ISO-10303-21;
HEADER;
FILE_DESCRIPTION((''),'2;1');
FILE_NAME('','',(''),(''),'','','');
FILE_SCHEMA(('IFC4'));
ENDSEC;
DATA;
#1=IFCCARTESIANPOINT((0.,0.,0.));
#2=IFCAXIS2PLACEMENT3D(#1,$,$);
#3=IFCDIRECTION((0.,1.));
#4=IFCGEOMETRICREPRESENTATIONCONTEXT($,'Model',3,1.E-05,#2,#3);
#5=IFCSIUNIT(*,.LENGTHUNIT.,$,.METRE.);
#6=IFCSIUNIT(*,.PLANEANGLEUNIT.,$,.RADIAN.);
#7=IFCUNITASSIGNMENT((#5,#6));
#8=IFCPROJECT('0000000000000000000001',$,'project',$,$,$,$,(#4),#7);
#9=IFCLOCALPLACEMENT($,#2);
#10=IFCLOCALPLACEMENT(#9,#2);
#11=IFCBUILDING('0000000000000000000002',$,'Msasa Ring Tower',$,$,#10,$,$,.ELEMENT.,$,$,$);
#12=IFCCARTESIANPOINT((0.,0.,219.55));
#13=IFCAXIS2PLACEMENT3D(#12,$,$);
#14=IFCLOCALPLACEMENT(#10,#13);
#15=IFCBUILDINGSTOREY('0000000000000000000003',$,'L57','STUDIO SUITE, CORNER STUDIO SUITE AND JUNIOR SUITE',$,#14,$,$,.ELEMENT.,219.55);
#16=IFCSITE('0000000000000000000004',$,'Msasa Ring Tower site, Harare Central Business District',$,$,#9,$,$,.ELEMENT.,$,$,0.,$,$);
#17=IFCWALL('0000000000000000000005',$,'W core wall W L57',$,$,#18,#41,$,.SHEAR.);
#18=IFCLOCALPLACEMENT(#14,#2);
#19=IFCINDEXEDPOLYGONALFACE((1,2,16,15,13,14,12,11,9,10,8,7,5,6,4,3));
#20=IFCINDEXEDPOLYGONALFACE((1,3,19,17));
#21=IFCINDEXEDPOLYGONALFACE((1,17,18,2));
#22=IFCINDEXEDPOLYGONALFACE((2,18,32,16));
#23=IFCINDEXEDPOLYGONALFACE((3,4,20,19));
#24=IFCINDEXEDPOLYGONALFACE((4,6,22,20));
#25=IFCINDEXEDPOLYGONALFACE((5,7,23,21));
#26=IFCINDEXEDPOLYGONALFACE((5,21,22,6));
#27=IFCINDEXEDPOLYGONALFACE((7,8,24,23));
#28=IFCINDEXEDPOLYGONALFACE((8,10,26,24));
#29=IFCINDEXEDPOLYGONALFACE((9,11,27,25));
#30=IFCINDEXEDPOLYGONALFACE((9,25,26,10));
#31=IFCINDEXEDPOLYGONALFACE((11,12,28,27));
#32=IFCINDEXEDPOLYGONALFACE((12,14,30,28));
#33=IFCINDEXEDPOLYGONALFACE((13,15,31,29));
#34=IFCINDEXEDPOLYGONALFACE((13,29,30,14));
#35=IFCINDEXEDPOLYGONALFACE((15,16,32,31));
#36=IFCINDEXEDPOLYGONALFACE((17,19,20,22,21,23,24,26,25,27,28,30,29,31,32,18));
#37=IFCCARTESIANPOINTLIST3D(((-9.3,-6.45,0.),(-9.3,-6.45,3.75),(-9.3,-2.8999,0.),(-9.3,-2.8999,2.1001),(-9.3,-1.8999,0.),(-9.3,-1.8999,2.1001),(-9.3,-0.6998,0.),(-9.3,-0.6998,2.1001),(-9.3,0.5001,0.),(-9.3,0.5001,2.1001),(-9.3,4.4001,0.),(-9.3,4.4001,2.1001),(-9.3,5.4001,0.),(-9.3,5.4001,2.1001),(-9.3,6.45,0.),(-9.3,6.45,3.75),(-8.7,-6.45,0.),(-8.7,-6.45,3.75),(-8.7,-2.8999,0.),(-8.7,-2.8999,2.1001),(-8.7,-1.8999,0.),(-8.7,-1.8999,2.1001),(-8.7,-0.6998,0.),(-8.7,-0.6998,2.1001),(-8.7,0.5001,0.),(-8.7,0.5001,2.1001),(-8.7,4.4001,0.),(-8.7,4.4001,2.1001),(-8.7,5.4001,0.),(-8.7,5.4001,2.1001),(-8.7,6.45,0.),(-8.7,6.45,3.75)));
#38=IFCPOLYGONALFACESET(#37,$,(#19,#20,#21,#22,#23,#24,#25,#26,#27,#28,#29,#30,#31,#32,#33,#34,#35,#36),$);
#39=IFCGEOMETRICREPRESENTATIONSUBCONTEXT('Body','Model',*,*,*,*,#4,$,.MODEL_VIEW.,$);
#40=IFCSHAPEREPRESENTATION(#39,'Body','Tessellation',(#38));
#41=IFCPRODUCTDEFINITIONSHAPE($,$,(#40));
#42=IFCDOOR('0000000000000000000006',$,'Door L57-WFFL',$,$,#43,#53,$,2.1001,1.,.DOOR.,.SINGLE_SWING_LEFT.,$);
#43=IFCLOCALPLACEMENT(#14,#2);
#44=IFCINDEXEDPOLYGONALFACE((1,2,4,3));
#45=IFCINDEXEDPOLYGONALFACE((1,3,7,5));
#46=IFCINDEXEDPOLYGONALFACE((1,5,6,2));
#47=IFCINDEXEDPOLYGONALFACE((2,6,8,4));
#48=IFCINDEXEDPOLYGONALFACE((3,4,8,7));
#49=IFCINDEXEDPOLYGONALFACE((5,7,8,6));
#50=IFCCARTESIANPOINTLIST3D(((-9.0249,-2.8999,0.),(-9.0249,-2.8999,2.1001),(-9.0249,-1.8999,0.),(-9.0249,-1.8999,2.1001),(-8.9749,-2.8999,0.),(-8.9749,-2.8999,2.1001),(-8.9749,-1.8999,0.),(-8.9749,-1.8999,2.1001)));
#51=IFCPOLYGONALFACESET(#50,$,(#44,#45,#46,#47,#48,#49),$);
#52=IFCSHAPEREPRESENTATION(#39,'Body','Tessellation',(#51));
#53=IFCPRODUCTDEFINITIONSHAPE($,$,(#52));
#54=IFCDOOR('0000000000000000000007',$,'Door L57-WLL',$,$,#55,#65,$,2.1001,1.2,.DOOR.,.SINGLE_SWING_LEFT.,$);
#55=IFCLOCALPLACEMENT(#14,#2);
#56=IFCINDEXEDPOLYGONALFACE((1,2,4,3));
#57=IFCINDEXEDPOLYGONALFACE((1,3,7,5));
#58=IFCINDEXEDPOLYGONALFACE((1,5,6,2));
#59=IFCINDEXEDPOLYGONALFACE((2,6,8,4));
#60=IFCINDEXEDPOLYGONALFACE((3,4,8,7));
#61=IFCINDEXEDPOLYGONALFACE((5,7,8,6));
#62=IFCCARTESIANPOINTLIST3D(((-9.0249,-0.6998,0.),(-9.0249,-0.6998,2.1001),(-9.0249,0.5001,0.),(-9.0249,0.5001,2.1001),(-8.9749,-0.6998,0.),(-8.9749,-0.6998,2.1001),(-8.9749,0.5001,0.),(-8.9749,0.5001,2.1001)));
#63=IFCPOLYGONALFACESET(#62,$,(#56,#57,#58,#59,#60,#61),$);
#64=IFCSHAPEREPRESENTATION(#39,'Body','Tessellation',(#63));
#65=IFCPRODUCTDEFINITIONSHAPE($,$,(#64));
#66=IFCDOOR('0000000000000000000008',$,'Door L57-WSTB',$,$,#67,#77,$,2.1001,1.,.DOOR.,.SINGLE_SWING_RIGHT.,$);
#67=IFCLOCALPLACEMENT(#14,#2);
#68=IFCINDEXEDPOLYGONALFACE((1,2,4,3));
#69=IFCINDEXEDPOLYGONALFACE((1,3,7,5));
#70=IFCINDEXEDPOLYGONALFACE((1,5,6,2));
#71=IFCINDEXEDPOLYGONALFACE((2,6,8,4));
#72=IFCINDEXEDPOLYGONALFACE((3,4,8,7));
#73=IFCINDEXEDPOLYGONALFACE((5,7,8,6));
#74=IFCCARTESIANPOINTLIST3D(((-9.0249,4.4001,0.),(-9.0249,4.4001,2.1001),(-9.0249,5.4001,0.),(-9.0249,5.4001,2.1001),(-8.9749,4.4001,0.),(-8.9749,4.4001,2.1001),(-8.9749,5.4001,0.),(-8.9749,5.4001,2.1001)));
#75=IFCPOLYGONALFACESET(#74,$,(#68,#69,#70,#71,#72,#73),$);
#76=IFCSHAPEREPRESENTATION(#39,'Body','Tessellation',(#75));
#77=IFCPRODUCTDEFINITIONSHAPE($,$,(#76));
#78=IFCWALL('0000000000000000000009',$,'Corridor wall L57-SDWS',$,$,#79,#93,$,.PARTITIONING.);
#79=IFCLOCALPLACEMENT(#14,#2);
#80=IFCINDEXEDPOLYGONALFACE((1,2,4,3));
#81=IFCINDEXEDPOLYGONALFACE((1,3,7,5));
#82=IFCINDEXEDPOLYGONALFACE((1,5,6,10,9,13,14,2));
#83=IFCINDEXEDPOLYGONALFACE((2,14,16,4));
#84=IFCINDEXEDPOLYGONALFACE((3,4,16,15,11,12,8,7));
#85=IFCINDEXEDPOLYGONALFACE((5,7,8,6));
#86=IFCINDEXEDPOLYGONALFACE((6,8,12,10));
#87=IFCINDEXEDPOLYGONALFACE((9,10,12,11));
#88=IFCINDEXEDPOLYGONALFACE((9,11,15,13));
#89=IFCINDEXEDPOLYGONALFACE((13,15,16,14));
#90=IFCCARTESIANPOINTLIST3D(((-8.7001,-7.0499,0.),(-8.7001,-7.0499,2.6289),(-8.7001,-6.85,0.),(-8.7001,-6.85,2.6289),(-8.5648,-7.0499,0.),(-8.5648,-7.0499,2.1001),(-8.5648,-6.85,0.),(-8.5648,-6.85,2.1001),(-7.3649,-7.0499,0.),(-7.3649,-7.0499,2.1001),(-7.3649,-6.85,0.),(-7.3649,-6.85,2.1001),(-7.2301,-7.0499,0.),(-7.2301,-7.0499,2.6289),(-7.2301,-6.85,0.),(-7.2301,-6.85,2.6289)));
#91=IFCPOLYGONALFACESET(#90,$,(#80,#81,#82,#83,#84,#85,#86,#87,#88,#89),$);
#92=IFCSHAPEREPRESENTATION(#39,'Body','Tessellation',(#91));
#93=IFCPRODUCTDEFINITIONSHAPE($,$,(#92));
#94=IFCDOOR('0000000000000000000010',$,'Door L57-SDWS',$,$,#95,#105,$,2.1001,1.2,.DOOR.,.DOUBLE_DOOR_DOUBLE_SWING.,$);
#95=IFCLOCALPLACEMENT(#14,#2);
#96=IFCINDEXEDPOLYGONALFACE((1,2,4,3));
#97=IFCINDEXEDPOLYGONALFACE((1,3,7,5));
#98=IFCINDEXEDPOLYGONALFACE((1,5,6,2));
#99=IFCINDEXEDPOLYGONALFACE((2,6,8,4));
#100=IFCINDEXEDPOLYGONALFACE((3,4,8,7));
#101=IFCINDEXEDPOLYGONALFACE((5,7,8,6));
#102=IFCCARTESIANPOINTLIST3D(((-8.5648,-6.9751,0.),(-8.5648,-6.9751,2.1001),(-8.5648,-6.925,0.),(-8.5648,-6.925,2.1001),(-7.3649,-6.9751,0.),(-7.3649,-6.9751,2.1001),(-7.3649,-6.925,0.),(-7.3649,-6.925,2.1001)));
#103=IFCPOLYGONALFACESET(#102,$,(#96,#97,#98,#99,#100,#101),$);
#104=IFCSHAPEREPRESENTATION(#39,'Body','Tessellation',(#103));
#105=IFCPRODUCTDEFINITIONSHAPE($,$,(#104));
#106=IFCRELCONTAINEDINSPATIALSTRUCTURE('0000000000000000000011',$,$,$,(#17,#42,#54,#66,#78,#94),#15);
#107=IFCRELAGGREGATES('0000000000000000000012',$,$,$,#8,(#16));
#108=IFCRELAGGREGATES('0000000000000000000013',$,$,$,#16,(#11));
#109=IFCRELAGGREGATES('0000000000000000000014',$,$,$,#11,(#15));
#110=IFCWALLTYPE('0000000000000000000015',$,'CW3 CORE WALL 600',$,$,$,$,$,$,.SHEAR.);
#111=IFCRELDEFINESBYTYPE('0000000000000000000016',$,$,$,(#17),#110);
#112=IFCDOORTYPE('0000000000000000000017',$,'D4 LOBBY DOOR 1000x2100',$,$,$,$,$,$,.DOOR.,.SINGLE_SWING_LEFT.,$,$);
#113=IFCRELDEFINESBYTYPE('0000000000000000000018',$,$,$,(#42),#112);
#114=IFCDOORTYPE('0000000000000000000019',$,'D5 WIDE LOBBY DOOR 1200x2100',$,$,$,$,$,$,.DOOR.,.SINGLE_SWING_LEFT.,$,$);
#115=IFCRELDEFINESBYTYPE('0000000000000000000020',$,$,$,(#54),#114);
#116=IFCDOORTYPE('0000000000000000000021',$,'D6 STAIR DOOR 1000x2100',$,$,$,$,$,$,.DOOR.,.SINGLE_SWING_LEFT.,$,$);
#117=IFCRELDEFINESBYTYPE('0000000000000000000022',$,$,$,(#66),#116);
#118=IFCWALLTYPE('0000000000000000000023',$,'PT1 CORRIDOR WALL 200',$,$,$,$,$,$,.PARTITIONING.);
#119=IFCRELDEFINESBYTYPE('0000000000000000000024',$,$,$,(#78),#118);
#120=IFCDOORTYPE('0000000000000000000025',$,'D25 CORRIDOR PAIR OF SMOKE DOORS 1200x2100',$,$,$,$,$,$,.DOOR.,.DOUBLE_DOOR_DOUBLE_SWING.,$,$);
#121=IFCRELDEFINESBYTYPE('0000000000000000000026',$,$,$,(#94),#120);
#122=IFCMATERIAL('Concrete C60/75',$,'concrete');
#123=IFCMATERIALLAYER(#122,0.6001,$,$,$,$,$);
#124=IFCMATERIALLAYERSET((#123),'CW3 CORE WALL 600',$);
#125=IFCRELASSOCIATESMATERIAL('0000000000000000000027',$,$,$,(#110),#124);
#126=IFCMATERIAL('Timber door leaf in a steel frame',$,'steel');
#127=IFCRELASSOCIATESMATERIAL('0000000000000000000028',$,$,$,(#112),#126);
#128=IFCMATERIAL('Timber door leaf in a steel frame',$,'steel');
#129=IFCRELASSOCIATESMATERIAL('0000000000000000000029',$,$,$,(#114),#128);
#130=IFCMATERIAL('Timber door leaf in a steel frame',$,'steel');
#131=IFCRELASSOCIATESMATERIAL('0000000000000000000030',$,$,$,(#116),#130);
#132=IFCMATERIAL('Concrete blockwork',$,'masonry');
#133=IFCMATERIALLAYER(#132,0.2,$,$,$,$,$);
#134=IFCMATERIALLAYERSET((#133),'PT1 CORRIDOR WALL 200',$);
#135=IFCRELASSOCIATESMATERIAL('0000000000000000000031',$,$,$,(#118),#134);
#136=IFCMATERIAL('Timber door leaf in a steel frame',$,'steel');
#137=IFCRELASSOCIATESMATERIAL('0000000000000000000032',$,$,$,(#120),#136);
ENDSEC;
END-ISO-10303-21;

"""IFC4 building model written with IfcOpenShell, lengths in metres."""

from ifc_helpers import new_model, si_unit, direction, frame, frame_2d, origin, place, context, subcontext, project, spatial, rectangle, extrude, material, layer, layer_set, type_object, element, fill, save


model = new_model("IFC4")

# Units and contexts
model_context = context("Model", 3, precision=1e-05, world=origin(), true_north=direction((0.0, 1.0)))
body_context = subcontext(model_context, "Body", "Model", "MODEL_VIEW")
ifc_project = project(units=[si_unit("LENGTHUNIT", "METRE"), si_unit("PLANEANGLEUNIT", "RADIAN")], contexts=[model_context])

# Site, building, storey
site_placement = place(None, origin())
site = spatial("IfcSite", under=ifc_project, at=site_placement, Name="Msasa Ring Tower site, Harare Central Business District", CompositionType="ELEMENT", RefElevation=0.0)
building_placement = place(site_placement, origin())
building = spatial("IfcBuilding", under=site, at=building_placement, Name="Msasa Ring Tower", CompositionType="ELEMENT")
storey_placement = place(building_placement, frame((0.0, 0.0, 219.55)))
storey = spatial("IfcBuildingStorey", under=building, at=storey_placement, Name="L57", Description="STUDIO SUITE, CORNER STUDIO SUITE AND JUNIOR SUITE", CompositionType="ELEMENT", Elevation=219.55)

# Shared definitions
ifc_material_1 = material(Name="Concrete C60/75", Category="concrete")
ifc_layer_1 = layer(ifc_material_1, 0.6001)
ifc_layer_set_1 = layer_set([ifc_layer_1], Name="CW3 CORE WALL 600")
wall_type_1 = type_object("IfcWallType", Name="CW3 CORE WALL 600", PredefinedType="SHEAR", material=ifc_layer_set_1)

# Wall, openings, doors
wall_1_placement = place(storey_placement, frame((-9.0, -6.45, 0.0), z_axis=(0.0, 0.0, 1.0), x_axis=(0.0, 1.0, 0.0)))
wall_1 = element("IfcWall", 1, at=wall_1_placement, inside=storey, type_object=wall_type_1, Name="W core wall W L57", PredefinedType="SHEAR", context=body_context, shape_type="SweptSolid", body=[
    extrude(rectangle(XDim=12.8999, YDim=0.6001, at=frame_2d((6.45, 0.0))), origin(), (0.0, 0.0, 1.0), 3.75),
])
opening_1_placement = place(wall_1_placement, frame((3.55, 0.0, 0.0)))
opening_1 = element("IfcOpeningElement", 2, at=opening_1_placement, cuts=wall_1, PredefinedType="OPENING", context=body_context, shape_type="SweptSolid", body=[
    extrude(rectangle(XDim=1.0, YDim=2.1001, at=frame_2d((0.5, 1.05))), frame((0.0, 0.3101, 0.0), z_axis=(0.0, -1.0, 0.0), x_axis=(1.0, 0.0, 0.0)), (0.0, 0.0, 1.0), 0.6201),
])
opening_2_placement = place(wall_1_placement, frame((5.75, 0.0, 0.0)))
opening_2 = element("IfcOpeningElement", 3, at=opening_2_placement, cuts=wall_1, PredefinedType="OPENING", context=body_context, shape_type="SweptSolid", body=[
    extrude(rectangle(XDim=1.2, YDim=2.1001, at=frame_2d((0.6001, 1.05))), frame((0.0, 0.3101, 0.0), z_axis=(0.0, -1.0, 0.0), x_axis=(1.0, 0.0, 0.0)), (0.0, 0.0, 1.0), 0.6201),
])
opening_3_placement = place(wall_1_placement, frame((10.8501, 0.0, 0.0)))
opening_3 = element("IfcOpeningElement", 4, at=opening_3_placement, cuts=wall_1, PredefinedType="OPENING", context=body_context, shape_type="SweptSolid", body=[
    extrude(rectangle(XDim=1.0, YDim=2.1001, at=frame_2d((0.5, 1.05))), frame((0.0, 0.3101, 0.0), z_axis=(0.0, -1.0, 0.0), x_axis=(1.0, 0.0, 0.0)), (0.0, 0.0, 1.0), 0.6201),
])
ifc_material_2 = material(Name="Timber door leaf in a steel frame", Category="steel")
door_type_1 = type_object("IfcDoorType", Name="D4 LOBBY DOOR 1000x2100", OperationType="SINGLE_SWING_LEFT", PredefinedType="DOOR", material=ifc_material_2)
door_1_placement = place(opening_1_placement, origin())
door_1 = element("IfcDoor", 5, at=door_1_placement, inside=storey, type_object=door_type_1, Name="Door L57-WFFL", OperationType="SINGLE_SWING_LEFT", OverallHeight=2.1001, OverallWidth=1.0, PredefinedType="DOOR", context=body_context, shape_type="SweptSolid", body=[
    extrude(rectangle(XDim=1.0, YDim=2.1001, at=frame_2d((0.5, 1.05))), frame((0.0, 0.0249, 0.0), z_axis=(0.0, -1.0, 0.0), x_axis=(1.0, 0.0, 0.0)), (0.0, 0.0, 1.0), 0.05),
])
fill(opening_1, door_1)
ifc_material_3 = material(Name="Timber door leaf in a steel frame", Category="steel")
door_type_2 = type_object("IfcDoorType", Name="D5 WIDE LOBBY DOOR 1200x2100", OperationType="SINGLE_SWING_LEFT", PredefinedType="DOOR", material=ifc_material_3)
door_2_placement = place(opening_2_placement, origin())
door_2 = element("IfcDoor", 6, at=door_2_placement, inside=storey, type_object=door_type_2, Name="Door L57-WLL", OperationType="SINGLE_SWING_LEFT", OverallHeight=2.1001, OverallWidth=1.2, PredefinedType="DOOR", context=body_context, shape_type="SweptSolid", body=[
    extrude(rectangle(XDim=1.2, YDim=2.1001, at=frame_2d((0.6001, 1.05))), frame((0.0, 0.0249, 0.0), z_axis=(0.0, -1.0, 0.0), x_axis=(1.0, 0.0, 0.0)), (0.0, 0.0, 1.0), 0.05),
])
fill(opening_2, door_2)
ifc_material_4 = material(Name="Timber door leaf in a steel frame", Category="steel")
door_type_3 = type_object("IfcDoorType", Name="D6 STAIR DOOR 1000x2100", OperationType="SINGLE_SWING_LEFT", PredefinedType="DOOR", material=ifc_material_4)
door_3_placement = place(opening_3_placement, origin())
door_3 = element("IfcDoor", 7, at=door_3_placement, inside=storey, type_object=door_type_3, Name="Door L57-WSTB", OperationType="SINGLE_SWING_RIGHT", OverallHeight=2.1001, OverallWidth=1.0, PredefinedType="DOOR", context=body_context, shape_type="SweptSolid", body=[
    extrude(rectangle(XDim=1.0, YDim=2.1001, at=frame_2d((0.5, 1.05))), frame((0.0, 0.0249, 0.0), z_axis=(0.0, -1.0, 0.0), x_axis=(1.0, 0.0, 0.0)), (0.0, 0.0, 1.0), 0.05),
])
fill(opening_3, door_3)

# Wall, opening, door
ifc_material_5 = material(Name="Concrete blockwork", Category="masonry")
ifc_layer_2 = layer(ifc_material_5, 0.2)
ifc_layer_set_2 = layer_set([ifc_layer_2], Name="PT1 CORRIDOR WALL 200")
wall_type_2 = type_object("IfcWallType", Name="PT1 CORRIDOR WALL 200", PredefinedType="PARTITIONING", material=ifc_layer_set_2)
wall_2_placement = place(storey_placement, frame((-8.7, -6.95, 0.0), z_axis=(0.0, 0.0, 1.0), x_axis=(1.0, 0.0, 0.0)))
wall_2 = element("IfcWall", 8, at=wall_2_placement, inside=storey, type_object=wall_type_2, Name="Corridor wall L57-SDWS", PredefinedType="PARTITIONING", context=body_context, shape_type="SweptSolid", body=[
    extrude(rectangle(XDim=1.47, YDim=0.2, at=frame_2d((0.7349, 0.0))), origin(), (0.0, 0.0, 1.0), 2.6289),
])
opening_4_placement = place(wall_2_placement, frame((0.135, 0.0, 0.0)))
opening_4 = element("IfcOpeningElement", 9, at=opening_4_placement, cuts=wall_2, PredefinedType="OPENING", context=body_context, shape_type="SweptSolid", body=[
    extrude(rectangle(XDim=1.2, YDim=2.1001, at=frame_2d((0.6001, 1.05))), frame((0.0, 0.1099, 0.0), z_axis=(0.0, -1.0, 0.0), x_axis=(1.0, 0.0, 0.0)), (0.0, 0.0, 1.0), 0.22),
])
ifc_material_6 = material(Name="Timber door leaf in a steel frame", Category="steel")
door_type_4 = type_object("IfcDoorType", Name="D25 CORRIDOR PAIR OF SMOKE DOORS 1200x2100", OperationType="DOUBLE_DOOR_DOUBLE_SWING", PredefinedType="DOOR", material=ifc_material_6)
door_4_placement = place(opening_4_placement, origin())
door_4 = element("IfcDoor", 10, at=door_4_placement, inside=storey, type_object=door_type_4, Name="Door L57-SDWS", OperationType="DOUBLE_DOOR_DOUBLE_SWING", OverallHeight=2.1001, OverallWidth=1.2, PredefinedType="DOOR", context=body_context, shape_type="SweptSolid", body=[
    extrude(rectangle(XDim=1.2, YDim=2.1001, at=frame_2d((0.6001, 1.05))), frame((0.0, 0.0249, 0.0), z_axis=(0.0, -1.0, 0.0), x_axis=(1.0, 0.0, 0.0)), (0.0, 0.0, 1.0), 0.05),
])
fill(opening_4, door_4)

save(model, "model.ifc")
